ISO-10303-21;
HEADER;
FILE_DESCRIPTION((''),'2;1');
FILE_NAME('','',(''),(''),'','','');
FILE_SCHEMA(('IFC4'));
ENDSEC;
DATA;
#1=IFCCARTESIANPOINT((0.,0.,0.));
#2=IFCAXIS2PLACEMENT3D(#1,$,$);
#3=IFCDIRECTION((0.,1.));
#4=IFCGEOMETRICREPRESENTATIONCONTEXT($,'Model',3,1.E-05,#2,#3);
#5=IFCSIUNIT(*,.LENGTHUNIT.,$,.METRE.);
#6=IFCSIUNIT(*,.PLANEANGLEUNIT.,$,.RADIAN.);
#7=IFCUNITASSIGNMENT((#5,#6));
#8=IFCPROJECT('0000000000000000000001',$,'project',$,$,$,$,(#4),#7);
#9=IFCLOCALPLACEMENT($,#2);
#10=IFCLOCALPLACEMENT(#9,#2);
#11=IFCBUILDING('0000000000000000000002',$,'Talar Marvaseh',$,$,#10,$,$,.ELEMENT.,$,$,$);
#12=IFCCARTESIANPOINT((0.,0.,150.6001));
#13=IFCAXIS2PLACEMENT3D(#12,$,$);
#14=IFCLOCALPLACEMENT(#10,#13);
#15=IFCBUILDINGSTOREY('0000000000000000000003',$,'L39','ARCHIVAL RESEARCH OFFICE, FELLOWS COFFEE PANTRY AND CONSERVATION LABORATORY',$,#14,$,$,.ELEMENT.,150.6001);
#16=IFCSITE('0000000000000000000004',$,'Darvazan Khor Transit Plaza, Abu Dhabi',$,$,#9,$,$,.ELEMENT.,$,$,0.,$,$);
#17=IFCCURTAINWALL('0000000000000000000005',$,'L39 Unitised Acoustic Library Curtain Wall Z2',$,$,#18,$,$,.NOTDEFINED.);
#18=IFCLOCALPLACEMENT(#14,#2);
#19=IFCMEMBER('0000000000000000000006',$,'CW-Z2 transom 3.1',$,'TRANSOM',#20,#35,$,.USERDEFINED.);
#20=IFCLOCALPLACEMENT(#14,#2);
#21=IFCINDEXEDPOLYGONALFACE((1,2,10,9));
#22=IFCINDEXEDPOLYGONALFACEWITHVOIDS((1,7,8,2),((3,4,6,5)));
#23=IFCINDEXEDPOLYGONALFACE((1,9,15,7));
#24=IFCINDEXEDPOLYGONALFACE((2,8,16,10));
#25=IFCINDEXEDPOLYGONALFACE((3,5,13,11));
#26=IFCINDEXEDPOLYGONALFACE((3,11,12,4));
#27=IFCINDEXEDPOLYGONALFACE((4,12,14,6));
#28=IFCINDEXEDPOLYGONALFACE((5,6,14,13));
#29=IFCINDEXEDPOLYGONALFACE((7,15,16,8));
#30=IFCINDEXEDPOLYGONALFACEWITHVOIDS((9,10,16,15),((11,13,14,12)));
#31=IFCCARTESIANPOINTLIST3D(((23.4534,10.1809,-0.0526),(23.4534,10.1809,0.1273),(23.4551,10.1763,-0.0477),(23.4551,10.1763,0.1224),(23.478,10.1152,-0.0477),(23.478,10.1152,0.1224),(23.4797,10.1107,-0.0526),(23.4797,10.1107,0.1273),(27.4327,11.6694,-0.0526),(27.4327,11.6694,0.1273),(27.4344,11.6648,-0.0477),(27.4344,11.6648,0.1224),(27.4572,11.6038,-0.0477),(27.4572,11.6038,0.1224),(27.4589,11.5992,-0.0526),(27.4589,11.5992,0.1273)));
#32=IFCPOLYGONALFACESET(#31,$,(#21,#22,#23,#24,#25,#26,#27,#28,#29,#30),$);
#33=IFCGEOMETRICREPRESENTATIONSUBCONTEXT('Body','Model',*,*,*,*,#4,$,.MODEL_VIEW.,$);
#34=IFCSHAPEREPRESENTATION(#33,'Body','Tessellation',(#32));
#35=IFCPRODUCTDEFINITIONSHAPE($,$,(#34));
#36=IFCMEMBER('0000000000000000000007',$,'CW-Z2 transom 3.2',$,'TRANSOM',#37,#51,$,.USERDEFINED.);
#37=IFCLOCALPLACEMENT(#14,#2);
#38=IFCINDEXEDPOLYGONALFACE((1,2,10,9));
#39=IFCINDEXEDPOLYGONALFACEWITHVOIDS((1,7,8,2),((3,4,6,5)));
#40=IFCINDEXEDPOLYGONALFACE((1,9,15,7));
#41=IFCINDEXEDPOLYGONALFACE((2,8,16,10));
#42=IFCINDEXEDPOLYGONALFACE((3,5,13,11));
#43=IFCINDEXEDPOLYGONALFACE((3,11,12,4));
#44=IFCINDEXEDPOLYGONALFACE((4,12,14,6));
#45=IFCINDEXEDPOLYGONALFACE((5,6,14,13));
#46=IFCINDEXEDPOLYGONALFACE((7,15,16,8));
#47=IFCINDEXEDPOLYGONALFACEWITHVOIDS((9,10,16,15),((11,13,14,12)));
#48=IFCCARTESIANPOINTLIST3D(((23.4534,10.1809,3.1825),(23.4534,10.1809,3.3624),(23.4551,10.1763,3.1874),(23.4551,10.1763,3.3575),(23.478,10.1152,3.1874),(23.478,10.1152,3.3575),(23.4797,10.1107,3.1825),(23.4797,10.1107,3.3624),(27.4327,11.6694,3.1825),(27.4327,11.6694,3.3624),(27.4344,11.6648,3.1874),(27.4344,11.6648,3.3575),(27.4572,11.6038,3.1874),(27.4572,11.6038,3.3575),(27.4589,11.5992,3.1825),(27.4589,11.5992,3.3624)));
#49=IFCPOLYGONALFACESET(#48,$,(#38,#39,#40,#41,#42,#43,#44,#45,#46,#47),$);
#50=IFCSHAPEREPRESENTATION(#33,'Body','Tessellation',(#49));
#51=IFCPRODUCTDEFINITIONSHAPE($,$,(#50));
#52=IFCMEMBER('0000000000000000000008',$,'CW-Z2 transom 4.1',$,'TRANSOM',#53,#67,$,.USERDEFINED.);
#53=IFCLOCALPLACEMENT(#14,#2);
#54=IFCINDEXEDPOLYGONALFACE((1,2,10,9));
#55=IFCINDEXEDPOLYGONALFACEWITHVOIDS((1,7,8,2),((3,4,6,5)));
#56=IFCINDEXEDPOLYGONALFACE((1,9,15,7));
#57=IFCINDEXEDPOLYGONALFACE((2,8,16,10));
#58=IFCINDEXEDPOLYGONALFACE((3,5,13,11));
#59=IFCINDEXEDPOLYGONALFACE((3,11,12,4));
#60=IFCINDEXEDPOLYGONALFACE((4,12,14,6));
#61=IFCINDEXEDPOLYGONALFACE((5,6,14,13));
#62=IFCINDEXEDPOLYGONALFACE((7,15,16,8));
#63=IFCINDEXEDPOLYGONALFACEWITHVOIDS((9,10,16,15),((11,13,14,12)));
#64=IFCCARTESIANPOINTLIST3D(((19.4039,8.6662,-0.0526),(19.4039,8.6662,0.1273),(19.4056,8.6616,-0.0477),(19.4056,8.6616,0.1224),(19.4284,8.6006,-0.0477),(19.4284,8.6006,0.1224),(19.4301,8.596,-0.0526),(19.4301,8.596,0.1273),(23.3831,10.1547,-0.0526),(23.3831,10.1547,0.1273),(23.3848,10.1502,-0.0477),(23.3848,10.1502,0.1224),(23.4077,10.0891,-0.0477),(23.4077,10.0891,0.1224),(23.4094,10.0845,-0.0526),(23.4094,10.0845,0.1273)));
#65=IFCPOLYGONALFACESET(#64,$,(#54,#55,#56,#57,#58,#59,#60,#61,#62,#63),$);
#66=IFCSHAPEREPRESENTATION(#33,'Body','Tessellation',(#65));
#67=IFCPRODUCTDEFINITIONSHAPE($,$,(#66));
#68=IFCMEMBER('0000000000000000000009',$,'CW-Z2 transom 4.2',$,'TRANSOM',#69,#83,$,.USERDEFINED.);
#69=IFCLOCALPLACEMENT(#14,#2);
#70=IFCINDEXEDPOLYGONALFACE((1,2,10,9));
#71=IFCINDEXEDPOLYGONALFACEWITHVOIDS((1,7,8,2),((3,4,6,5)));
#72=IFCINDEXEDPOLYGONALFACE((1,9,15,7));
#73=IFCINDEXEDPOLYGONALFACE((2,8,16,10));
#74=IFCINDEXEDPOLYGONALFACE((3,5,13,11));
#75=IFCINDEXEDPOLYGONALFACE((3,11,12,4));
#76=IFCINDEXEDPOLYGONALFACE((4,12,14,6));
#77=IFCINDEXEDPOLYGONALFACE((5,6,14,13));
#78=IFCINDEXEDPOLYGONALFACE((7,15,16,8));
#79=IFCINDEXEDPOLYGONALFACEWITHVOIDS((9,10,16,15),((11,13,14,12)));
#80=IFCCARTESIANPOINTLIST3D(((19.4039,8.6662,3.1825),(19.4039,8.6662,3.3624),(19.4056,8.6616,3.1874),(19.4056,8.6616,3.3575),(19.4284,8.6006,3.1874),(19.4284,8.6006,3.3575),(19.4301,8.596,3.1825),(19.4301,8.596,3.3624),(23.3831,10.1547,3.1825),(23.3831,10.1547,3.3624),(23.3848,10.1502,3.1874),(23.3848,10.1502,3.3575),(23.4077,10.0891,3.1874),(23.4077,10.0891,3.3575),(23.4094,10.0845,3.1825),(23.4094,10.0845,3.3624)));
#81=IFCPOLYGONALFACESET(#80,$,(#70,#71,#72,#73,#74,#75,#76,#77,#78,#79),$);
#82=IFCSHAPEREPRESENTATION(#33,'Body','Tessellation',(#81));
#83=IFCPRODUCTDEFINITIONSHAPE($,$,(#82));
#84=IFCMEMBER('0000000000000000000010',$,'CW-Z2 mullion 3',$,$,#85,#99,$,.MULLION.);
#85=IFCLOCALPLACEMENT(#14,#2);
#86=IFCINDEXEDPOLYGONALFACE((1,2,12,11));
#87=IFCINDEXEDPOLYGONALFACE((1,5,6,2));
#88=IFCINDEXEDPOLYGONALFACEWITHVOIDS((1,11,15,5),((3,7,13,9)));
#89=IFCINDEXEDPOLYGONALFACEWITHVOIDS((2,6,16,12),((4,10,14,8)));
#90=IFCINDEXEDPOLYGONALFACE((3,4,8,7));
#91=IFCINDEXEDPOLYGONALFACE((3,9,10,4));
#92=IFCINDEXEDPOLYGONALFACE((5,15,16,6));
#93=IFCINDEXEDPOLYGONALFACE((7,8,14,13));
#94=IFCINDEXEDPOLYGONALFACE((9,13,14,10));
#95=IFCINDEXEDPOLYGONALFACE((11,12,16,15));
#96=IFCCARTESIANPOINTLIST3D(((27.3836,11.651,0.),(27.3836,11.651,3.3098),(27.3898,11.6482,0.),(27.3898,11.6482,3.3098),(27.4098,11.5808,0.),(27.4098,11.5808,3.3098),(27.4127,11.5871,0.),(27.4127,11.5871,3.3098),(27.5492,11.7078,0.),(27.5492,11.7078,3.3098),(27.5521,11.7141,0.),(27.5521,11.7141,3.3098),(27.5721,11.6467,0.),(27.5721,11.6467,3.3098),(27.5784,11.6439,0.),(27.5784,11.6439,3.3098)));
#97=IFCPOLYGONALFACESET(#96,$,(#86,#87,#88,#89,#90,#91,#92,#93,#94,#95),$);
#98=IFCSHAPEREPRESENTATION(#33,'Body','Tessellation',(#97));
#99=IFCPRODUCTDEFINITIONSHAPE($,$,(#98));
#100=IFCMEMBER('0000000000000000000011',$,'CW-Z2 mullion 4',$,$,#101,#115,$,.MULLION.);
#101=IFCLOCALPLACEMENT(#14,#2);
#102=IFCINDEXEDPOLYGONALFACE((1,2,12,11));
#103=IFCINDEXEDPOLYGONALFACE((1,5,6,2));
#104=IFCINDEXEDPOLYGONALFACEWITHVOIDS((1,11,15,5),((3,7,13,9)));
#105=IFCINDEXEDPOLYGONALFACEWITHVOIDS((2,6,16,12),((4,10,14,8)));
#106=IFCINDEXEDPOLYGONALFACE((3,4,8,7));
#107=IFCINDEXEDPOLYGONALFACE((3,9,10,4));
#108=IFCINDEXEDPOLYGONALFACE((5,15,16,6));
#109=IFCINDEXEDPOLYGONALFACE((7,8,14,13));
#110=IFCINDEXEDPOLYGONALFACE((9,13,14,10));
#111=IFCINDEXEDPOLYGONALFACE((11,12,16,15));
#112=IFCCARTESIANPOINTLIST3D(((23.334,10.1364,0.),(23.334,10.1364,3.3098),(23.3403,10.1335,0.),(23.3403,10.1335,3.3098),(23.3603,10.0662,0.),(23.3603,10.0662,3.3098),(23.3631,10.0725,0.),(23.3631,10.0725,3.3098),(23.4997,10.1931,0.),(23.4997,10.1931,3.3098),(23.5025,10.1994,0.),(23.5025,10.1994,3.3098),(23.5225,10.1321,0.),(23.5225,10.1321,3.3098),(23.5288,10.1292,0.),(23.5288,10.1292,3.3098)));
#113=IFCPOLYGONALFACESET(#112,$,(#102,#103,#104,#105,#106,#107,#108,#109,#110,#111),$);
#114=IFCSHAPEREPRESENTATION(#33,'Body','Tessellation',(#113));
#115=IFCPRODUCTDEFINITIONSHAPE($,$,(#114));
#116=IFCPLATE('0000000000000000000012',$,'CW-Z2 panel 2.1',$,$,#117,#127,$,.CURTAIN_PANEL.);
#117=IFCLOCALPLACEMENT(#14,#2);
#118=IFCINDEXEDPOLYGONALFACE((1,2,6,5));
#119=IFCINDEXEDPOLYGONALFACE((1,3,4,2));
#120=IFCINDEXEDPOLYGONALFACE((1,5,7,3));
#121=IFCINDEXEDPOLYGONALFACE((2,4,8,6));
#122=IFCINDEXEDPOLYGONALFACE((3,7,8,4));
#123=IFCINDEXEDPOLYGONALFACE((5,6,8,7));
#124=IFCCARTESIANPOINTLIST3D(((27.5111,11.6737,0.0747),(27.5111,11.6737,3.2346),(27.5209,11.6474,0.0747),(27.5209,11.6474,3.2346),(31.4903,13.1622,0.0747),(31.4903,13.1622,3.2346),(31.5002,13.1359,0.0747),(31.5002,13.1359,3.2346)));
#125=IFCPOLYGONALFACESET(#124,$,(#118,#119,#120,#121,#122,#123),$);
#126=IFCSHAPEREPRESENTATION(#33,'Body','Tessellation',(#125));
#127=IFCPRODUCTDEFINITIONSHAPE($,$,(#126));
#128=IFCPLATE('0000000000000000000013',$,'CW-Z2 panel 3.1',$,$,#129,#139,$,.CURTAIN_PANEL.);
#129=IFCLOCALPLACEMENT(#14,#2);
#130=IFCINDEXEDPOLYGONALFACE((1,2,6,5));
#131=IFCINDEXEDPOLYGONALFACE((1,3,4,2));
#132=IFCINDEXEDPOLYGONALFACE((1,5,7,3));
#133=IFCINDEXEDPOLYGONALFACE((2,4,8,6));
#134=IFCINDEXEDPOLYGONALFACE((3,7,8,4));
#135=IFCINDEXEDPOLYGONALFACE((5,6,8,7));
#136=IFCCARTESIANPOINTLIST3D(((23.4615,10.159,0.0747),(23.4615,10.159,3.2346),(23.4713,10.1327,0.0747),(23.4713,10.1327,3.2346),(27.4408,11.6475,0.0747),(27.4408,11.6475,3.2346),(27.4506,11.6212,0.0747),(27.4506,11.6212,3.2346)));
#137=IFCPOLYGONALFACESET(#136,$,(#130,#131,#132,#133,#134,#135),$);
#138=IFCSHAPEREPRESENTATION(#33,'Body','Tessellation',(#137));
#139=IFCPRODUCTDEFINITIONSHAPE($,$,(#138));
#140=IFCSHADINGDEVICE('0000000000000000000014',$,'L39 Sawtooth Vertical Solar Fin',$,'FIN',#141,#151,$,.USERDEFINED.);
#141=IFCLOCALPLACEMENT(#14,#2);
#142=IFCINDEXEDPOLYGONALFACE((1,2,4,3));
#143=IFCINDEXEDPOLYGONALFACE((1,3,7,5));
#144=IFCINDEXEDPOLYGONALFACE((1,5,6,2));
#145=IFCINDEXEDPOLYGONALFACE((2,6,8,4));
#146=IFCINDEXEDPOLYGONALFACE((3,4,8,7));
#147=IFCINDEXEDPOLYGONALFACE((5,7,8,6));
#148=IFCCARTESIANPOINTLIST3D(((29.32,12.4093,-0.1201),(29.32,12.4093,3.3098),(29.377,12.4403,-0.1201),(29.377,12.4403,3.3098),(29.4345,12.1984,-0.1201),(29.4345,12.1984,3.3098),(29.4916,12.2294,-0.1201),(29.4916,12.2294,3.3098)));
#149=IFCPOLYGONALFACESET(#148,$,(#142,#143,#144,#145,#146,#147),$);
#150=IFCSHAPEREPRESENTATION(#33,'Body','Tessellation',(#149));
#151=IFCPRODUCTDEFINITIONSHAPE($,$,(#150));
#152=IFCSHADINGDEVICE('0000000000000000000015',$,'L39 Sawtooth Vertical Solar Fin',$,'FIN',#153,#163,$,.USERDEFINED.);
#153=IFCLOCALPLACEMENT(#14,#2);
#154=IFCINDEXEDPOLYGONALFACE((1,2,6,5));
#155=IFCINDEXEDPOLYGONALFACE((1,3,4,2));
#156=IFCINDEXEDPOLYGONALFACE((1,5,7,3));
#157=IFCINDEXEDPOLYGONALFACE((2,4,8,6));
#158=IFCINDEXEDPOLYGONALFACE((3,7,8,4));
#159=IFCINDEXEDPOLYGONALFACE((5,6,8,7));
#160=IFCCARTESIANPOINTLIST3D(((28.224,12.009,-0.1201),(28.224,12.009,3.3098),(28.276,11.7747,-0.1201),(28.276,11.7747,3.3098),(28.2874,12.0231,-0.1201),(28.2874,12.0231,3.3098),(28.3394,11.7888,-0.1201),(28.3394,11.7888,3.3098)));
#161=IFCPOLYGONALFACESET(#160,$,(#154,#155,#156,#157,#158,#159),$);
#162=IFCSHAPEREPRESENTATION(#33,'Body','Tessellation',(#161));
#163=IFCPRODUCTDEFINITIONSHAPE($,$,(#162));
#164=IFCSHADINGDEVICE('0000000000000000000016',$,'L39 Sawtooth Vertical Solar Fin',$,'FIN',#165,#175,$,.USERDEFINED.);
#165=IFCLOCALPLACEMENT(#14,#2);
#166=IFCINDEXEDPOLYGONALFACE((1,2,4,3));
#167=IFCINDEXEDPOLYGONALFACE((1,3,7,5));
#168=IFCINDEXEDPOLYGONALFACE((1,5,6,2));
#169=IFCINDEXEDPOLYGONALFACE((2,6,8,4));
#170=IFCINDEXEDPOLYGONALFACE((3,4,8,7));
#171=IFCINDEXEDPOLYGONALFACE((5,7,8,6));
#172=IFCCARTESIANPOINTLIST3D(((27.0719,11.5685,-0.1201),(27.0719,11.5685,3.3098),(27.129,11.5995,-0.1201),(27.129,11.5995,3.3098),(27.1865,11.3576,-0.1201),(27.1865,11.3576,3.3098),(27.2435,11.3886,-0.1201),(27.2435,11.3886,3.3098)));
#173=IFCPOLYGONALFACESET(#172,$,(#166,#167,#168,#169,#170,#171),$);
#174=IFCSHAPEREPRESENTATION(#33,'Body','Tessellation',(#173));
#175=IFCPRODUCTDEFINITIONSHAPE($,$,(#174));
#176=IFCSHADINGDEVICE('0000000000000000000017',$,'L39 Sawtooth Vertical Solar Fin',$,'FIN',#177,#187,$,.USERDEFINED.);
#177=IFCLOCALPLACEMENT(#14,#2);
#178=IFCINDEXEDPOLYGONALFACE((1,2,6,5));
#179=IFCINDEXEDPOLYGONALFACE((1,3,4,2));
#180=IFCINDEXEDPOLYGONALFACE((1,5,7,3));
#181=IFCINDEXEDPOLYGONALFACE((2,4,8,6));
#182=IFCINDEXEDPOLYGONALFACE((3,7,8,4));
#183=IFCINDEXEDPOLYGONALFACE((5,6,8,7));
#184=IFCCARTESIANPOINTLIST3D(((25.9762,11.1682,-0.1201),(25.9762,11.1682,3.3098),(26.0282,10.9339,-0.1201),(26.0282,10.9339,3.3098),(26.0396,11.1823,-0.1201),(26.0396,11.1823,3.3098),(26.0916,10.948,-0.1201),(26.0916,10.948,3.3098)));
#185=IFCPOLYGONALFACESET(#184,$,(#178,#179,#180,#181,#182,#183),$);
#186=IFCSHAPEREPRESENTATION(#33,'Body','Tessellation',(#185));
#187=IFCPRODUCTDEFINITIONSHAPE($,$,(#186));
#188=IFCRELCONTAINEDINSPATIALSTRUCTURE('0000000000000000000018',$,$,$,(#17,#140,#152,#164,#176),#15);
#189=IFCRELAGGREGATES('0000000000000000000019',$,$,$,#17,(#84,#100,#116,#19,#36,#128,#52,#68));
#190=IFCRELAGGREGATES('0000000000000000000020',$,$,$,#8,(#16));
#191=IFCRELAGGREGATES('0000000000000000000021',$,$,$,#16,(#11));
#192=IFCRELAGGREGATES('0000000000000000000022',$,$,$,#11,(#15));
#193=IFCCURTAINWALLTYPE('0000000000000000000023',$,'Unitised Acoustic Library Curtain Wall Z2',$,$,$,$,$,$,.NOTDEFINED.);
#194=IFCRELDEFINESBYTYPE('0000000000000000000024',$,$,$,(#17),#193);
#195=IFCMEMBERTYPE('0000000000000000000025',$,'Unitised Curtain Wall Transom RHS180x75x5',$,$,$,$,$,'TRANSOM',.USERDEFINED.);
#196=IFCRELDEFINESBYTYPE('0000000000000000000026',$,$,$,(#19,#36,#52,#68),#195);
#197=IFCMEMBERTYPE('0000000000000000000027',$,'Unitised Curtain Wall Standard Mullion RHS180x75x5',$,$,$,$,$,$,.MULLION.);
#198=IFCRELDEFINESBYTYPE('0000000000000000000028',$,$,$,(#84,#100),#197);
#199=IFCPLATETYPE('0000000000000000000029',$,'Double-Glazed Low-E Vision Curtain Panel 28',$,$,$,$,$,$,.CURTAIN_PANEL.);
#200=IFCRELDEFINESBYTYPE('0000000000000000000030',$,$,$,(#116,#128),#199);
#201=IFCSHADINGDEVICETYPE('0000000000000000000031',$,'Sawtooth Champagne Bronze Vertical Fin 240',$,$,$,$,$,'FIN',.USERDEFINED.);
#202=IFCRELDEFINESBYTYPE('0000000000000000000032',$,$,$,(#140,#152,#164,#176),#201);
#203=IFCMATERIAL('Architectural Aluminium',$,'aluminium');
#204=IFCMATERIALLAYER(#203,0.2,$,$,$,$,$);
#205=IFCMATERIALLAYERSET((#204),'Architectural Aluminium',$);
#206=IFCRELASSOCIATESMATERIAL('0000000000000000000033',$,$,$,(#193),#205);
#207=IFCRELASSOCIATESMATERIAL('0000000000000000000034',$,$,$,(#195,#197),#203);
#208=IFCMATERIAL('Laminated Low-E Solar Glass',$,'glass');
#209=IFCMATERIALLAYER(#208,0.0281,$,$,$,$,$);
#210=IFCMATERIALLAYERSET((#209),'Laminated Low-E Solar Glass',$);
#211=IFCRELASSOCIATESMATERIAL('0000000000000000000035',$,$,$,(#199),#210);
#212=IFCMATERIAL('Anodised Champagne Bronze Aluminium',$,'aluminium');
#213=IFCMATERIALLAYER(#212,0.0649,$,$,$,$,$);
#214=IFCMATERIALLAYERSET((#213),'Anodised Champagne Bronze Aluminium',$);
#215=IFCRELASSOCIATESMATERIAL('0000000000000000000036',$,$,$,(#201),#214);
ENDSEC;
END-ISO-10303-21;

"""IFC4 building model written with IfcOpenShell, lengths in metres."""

from ifc_helpers import new_model, si_unit, direction, frame, origin, origin_2d, place, context, subcontext, project, spatial, rectangle, hollow_rectangle, extrude, source, transform, mapped, material, layer, layer_set, material_profile, profile_set, type_object, type_shapes, element, aggregate, save


model = new_model("IFC4")

# Units and contexts
model_context = context("Model", 3, precision=1e-05, world=origin(), true_north=direction((0.0, 1.0)))
body_context = subcontext(model_context, "Body", "Model", "MODEL_VIEW")
ifc_project = project(units=[si_unit("LENGTHUNIT", "METRE"), si_unit("PLANEANGLEUNIT", "RADIAN")], contexts=[model_context])

# Site, building, storey
site_placement = place(None, origin())
site = spatial("IfcSite", under=ifc_project, at=site_placement, Name="Darvazan Khor Transit Plaza, Abu Dhabi", CompositionType="ELEMENT", RefElevation=0.0)
building_placement = place(site_placement, origin())
building = spatial("IfcBuilding", under=site, at=building_placement, Name="Talar Marvaseh", CompositionType="ELEMENT")
storey_placement = place(building_placement, frame((0.0, 0.0, 150.6001)))
storey = spatial("IfcBuildingStorey", under=building, at=storey_placement, Name="L39", Description="ARCHIVAL RESEARCH OFFICE, FELLOWS COFFEE PANTRY AND CONSERVATION LABORATORY", CompositionType="ELEMENT", Elevation=150.6001)

# Curtain wall, members, plates
ifc_material_1 = material(Name="Architectural Aluminium", Category="aluminium")
ifc_layer_1 = layer(ifc_material_1, 0.2)
ifc_layer_set_1 = layer_set([ifc_layer_1], Name="Architectural Aluminium")
curtain_wall_type = type_object("IfcCurtainWallType", Name="Unitised Acoustic Library Curtain Wall Z2", PredefinedType="NOTDEFINED", material=ifc_layer_set_1)
curtain_wall_placement = place(storey_placement, origin())
curtain_wall = element("IfcCurtainWall", 1, at=curtain_wall_placement, inside=storey, type_object=curtain_wall_type, Name="L39 Unitised Acoustic Library Curtain Wall Z2", PredefinedType="NOTDEFINED")
ifc_material_profile_1 = material_profile(ifc_material_1, hollow_rectangle(XDim=0.075, YDim=0.1799, WallThickness=0.0049, at=origin_2d()), Name="RHS180x75x5")
ifc_profile_set_1 = profile_set([ifc_material_profile_1], Name="Architectural Aluminium")
member_type_1 = type_object("IfcMemberType", Name="Unitised Curtain Wall Transom RHS180x75x5", ElementType="TRANSOM", PredefinedType="USERDEFINED", material=ifc_profile_set_1)
shared_shape_1 = source(origin(), body_context, "Body", "SweptSolid", [
    extrude(hollow_rectangle(XDim=0.075, YDim=0.1799, WallThickness=0.0049, at=origin_2d()), origin(), (0.0, 0.0, 1.0), 4.2485),
])
type_shapes(member_type_1, [shared_shape_1])
member_1_placement = place(storey_placement, frame((27.4458, 11.6343, 0.0374), z_axis=(-0.936615, -0.350361, 0.0), x_axis=(0.350361, -0.936615, 0.0)))
member_1 = element("IfcMember", 2, at=member_1_placement, type_object=member_type_1, Name="CW-Z2 transom 3.1", ObjectType="TRANSOM", PredefinedType="USERDEFINED", context=body_context, shape_type="MappedRepresentation", body=[
    mapped(shared_shape_1, transform((0.0, 0.0, 0.0), x_axis=(1.0, 0.0, 0.0), y_axis=(0.0, 1.0, 0.0), z_axis=(0.0, 0.0, 1.0), scale=1.0)),
])
member_2_placement = place(storey_placement, frame((27.4458, 11.6343, 3.2725), z_axis=(-0.936615, -0.350361, 0.0), x_axis=(0.350361, -0.936615, 0.0)))
member_2 = element("IfcMember", 3, at=member_2_placement, type_object=member_type_1, Name="CW-Z2 transom 3.2", ObjectType="TRANSOM", PredefinedType="USERDEFINED", context=body_context, shape_type="MappedRepresentation", body=[
    mapped(shared_shape_1, transform((0.0, 0.0, 0.0), x_axis=(1.0, 0.0, 0.0), y_axis=(0.0, 1.0, 0.0), z_axis=(0.0, 0.0, 1.0), scale=1.0)),
])
member_3_placement = place(storey_placement, frame((23.3962, 10.1196, 0.0374), z_axis=(-0.936615, -0.350361, 0.0), x_axis=(0.350361, -0.936615, 0.0)))
member_3 = element("IfcMember", 4, at=member_3_placement, type_object=member_type_1, Name="CW-Z2 transom 4.1", ObjectType="TRANSOM", PredefinedType="USERDEFINED", context=body_context, shape_type="MappedRepresentation", body=[
    mapped(shared_shape_1, transform((0.0, 0.0, 0.0), x_axis=(1.0, 0.0, 0.0), y_axis=(0.0, 1.0, 0.0), z_axis=(0.0, 0.0, 1.0), scale=1.0)),
])
member_4_placement = place(storey_placement, frame((23.3962, 10.1196, 3.2725), z_axis=(-0.936615, -0.350361, 0.0), x_axis=(0.350361, -0.936615, 0.0)))
member_4 = element("IfcMember", 5, at=member_4_placement, type_object=member_type_1, Name="CW-Z2 transom 4.2", ObjectType="TRANSOM", PredefinedType="USERDEFINED", context=body_context, shape_type="MappedRepresentation", body=[
    mapped(shared_shape_1, transform((0.0, 0.0, 0.0), x_axis=(1.0, 0.0, 0.0), y_axis=(0.0, 1.0, 0.0), z_axis=(0.0, 0.0, 1.0), scale=1.0)),
])
ifc_material_profile_2 = material_profile(ifc_material_1, hollow_rectangle(XDim=0.075, YDim=0.1799, WallThickness=0.0049, at=origin_2d()), Name="RHS180x75x5")
ifc_profile_set_2 = profile_set([ifc_material_profile_2], Name="Architectural Aluminium")
member_type_2 = type_object("IfcMemberType", Name="Unitised Curtain Wall Standard Mullion RHS180x75x5", PredefinedType="MULLION", material=ifc_profile_set_2)
shared_shape_2 = source(origin(), body_context, "Body", "SweptSolid", [
    extrude(hollow_rectangle(XDim=0.075, YDim=0.1799, WallThickness=0.0049, at=origin_2d()), origin(), (0.0, 0.0, 1.0), 3.3098),
])
type_shapes(member_type_2, [shared_shape_2])
member_5_placement = place(storey_placement, frame((27.481, 11.6475, 0.0), z_axis=(0.0, 0.0, 1.0), x_axis=(0.350352, -0.936618, 0.0)))
member_5 = element("IfcMember", 6, at=member_5_placement, type_object=member_type_2, Name="CW-Z2 mullion 3", PredefinedType="MULLION", context=body_context, shape_type="MappedRepresentation", body=[
    mapped(shared_shape_2, transform((0.0, 0.0, 0.0), x_axis=(1.0, 0.0, 0.0), y_axis=(0.0, 1.0, 0.0), z_axis=(0.0, 0.0, 1.0), scale=1.0)),
])
member_6_placement = place(storey_placement, frame((23.4314, 10.1328, 0.0), z_axis=(0.0, 0.0, 1.0), x_axis=(0.350352, -0.936618, 0.0)))
member_6 = element("IfcMember", 7, at=member_6_placement, type_object=member_type_2, Name="CW-Z2 mullion 4", PredefinedType="MULLION", context=body_context, shape_type="MappedRepresentation", body=[
    mapped(shared_shape_2, transform((0.0, 0.0, 0.0), x_axis=(1.0, 0.0, 0.0), y_axis=(0.0, 1.0, 0.0), z_axis=(0.0, 0.0, 1.0), scale=1.0)),
])
ifc_material_2 = material(Name="Laminated Low-E Solar Glass", Category="glass")
ifc_layer_2 = layer(ifc_material_2, 0.0281)
ifc_layer_set_2 = layer_set([ifc_layer_2], Name="Laminated Low-E Solar Glass")
plate_type = type_object("IfcPlateType", Name="Double-Glazed Low-E Vision Curtain Panel 28", PredefinedType="CURTAIN_PANEL", material=ifc_layer_set_2)
shared_shape_3 = source(origin(), body_context, "Body", "SweptSolid", [
    extrude(rectangle(XDim=4.2485, YDim=0.0281, at=origin_2d()), origin(), (0.0, 0.0, 1.0), 3.1599),
])
type_shapes(plate_type, [shared_shape_3])
plate_1_placement = place(storey_placement, frame((29.5056, 12.4048, 0.0747), z_axis=(0.0, 0.0, 1.0), x_axis=(-0.936618, -0.350352, 0.0)))
plate_1 = element("IfcPlate", 8, at=plate_1_placement, type_object=plate_type, Name="CW-Z2 panel 2.1", PredefinedType="CURTAIN_PANEL", context=body_context, shape_type="MappedRepresentation", body=[
    mapped(shared_shape_3, transform((0.0, 0.0, 0.0), x_axis=(1.0, 0.0, 0.0), y_axis=(0.0, 1.0, 0.0), z_axis=(0.0, 0.0, 1.0), scale=1.0)),
])
plate_2_placement = place(storey_placement, frame((25.4561, 10.8901, 0.0747), z_axis=(0.0, 0.0, 1.0), x_axis=(-0.936618, -0.350352, 0.0)))
plate_2 = element("IfcPlate", 9, at=plate_2_placement, type_object=plate_type, Name="CW-Z2 panel 3.1", PredefinedType="CURTAIN_PANEL", context=body_context, shape_type="MappedRepresentation", body=[
    mapped(shared_shape_3, transform((0.0, 0.0, 0.0), x_axis=(1.0, 0.0, 0.0), y_axis=(0.0, 1.0, 0.0), z_axis=(0.0, 0.0, 1.0), scale=1.0)),
])
aggregate(curtain_wall, [member_5, member_6, plate_1, member_1, member_2, plate_2, member_3, member_4])

# Shading devices
ifc_material_3 = material(Name="Anodised Champagne Bronze Aluminium", Category="aluminium")
ifc_layer_3 = layer(ifc_material_3, 0.0649)
ifc_layer_set_3 = layer_set([ifc_layer_3], Name="Anodised Champagne Bronze Aluminium")
shading_device_type = type_object("IfcShadingDeviceType", Name="Sawtooth Champagne Bronze Vertical Fin 240", ElementType="FIN", PredefinedType="USERDEFINED", material=ifc_layer_set_3)
shared_shape_4 = source(origin(), body_context, "Body", "SweptSolid", [
    extrude(rectangle(XDim=0.24, YDim=0.0649, at=origin_2d()), origin(), (0.0, 0.0, 1.0), 3.4299),
])
type_shapes(shading_device_type, [shared_shape_4])
for number, where, z_axis, x_axis, name in (
    (10, (29.4058, 12.3193, -0.1201), (0.0, 0.0, 1.0), (0.477312, -0.878734, 0.0), "L39 Sawtooth Vertical Solar Fin"),
    (11, (28.2817, 11.8989, -0.1201), (0.0, 0.0, 1.0), (0.21661, -0.976258, 0.0), "L39 Sawtooth Vertical Solar Fin"),
    (12, (27.1577, 11.4785, -0.1201), (0.0, 0.0, 1.0), (0.477312, -0.878734, 0.0), "L39 Sawtooth Vertical Solar Fin"),
    (13, (26.0339, 11.0581, -0.1201), (0.0, 0.0, 1.0), (0.21661, -0.976258, 0.0), "L39 Sawtooth Vertical Solar Fin"),
):
    element("IfcShadingDevice", number, at=place(storey_placement, frame(where, z_axis=z_axis, x_axis=x_axis)), inside=storey, type_object=shading_device_type, Name=name, ObjectType="FIN", PredefinedType="USERDEFINED", context=body_context, shape_type="MappedRepresentation", body=[
        mapped(shared_shape_4, transform((0.0, 0.0, 0.0), x_axis=(1.0, 0.0, 0.0), y_axis=(0.0, 1.0, 0.0), z_axis=(0.0, 0.0, 1.0), scale=1.0)),
    ])

save(model, "model.ifc")
